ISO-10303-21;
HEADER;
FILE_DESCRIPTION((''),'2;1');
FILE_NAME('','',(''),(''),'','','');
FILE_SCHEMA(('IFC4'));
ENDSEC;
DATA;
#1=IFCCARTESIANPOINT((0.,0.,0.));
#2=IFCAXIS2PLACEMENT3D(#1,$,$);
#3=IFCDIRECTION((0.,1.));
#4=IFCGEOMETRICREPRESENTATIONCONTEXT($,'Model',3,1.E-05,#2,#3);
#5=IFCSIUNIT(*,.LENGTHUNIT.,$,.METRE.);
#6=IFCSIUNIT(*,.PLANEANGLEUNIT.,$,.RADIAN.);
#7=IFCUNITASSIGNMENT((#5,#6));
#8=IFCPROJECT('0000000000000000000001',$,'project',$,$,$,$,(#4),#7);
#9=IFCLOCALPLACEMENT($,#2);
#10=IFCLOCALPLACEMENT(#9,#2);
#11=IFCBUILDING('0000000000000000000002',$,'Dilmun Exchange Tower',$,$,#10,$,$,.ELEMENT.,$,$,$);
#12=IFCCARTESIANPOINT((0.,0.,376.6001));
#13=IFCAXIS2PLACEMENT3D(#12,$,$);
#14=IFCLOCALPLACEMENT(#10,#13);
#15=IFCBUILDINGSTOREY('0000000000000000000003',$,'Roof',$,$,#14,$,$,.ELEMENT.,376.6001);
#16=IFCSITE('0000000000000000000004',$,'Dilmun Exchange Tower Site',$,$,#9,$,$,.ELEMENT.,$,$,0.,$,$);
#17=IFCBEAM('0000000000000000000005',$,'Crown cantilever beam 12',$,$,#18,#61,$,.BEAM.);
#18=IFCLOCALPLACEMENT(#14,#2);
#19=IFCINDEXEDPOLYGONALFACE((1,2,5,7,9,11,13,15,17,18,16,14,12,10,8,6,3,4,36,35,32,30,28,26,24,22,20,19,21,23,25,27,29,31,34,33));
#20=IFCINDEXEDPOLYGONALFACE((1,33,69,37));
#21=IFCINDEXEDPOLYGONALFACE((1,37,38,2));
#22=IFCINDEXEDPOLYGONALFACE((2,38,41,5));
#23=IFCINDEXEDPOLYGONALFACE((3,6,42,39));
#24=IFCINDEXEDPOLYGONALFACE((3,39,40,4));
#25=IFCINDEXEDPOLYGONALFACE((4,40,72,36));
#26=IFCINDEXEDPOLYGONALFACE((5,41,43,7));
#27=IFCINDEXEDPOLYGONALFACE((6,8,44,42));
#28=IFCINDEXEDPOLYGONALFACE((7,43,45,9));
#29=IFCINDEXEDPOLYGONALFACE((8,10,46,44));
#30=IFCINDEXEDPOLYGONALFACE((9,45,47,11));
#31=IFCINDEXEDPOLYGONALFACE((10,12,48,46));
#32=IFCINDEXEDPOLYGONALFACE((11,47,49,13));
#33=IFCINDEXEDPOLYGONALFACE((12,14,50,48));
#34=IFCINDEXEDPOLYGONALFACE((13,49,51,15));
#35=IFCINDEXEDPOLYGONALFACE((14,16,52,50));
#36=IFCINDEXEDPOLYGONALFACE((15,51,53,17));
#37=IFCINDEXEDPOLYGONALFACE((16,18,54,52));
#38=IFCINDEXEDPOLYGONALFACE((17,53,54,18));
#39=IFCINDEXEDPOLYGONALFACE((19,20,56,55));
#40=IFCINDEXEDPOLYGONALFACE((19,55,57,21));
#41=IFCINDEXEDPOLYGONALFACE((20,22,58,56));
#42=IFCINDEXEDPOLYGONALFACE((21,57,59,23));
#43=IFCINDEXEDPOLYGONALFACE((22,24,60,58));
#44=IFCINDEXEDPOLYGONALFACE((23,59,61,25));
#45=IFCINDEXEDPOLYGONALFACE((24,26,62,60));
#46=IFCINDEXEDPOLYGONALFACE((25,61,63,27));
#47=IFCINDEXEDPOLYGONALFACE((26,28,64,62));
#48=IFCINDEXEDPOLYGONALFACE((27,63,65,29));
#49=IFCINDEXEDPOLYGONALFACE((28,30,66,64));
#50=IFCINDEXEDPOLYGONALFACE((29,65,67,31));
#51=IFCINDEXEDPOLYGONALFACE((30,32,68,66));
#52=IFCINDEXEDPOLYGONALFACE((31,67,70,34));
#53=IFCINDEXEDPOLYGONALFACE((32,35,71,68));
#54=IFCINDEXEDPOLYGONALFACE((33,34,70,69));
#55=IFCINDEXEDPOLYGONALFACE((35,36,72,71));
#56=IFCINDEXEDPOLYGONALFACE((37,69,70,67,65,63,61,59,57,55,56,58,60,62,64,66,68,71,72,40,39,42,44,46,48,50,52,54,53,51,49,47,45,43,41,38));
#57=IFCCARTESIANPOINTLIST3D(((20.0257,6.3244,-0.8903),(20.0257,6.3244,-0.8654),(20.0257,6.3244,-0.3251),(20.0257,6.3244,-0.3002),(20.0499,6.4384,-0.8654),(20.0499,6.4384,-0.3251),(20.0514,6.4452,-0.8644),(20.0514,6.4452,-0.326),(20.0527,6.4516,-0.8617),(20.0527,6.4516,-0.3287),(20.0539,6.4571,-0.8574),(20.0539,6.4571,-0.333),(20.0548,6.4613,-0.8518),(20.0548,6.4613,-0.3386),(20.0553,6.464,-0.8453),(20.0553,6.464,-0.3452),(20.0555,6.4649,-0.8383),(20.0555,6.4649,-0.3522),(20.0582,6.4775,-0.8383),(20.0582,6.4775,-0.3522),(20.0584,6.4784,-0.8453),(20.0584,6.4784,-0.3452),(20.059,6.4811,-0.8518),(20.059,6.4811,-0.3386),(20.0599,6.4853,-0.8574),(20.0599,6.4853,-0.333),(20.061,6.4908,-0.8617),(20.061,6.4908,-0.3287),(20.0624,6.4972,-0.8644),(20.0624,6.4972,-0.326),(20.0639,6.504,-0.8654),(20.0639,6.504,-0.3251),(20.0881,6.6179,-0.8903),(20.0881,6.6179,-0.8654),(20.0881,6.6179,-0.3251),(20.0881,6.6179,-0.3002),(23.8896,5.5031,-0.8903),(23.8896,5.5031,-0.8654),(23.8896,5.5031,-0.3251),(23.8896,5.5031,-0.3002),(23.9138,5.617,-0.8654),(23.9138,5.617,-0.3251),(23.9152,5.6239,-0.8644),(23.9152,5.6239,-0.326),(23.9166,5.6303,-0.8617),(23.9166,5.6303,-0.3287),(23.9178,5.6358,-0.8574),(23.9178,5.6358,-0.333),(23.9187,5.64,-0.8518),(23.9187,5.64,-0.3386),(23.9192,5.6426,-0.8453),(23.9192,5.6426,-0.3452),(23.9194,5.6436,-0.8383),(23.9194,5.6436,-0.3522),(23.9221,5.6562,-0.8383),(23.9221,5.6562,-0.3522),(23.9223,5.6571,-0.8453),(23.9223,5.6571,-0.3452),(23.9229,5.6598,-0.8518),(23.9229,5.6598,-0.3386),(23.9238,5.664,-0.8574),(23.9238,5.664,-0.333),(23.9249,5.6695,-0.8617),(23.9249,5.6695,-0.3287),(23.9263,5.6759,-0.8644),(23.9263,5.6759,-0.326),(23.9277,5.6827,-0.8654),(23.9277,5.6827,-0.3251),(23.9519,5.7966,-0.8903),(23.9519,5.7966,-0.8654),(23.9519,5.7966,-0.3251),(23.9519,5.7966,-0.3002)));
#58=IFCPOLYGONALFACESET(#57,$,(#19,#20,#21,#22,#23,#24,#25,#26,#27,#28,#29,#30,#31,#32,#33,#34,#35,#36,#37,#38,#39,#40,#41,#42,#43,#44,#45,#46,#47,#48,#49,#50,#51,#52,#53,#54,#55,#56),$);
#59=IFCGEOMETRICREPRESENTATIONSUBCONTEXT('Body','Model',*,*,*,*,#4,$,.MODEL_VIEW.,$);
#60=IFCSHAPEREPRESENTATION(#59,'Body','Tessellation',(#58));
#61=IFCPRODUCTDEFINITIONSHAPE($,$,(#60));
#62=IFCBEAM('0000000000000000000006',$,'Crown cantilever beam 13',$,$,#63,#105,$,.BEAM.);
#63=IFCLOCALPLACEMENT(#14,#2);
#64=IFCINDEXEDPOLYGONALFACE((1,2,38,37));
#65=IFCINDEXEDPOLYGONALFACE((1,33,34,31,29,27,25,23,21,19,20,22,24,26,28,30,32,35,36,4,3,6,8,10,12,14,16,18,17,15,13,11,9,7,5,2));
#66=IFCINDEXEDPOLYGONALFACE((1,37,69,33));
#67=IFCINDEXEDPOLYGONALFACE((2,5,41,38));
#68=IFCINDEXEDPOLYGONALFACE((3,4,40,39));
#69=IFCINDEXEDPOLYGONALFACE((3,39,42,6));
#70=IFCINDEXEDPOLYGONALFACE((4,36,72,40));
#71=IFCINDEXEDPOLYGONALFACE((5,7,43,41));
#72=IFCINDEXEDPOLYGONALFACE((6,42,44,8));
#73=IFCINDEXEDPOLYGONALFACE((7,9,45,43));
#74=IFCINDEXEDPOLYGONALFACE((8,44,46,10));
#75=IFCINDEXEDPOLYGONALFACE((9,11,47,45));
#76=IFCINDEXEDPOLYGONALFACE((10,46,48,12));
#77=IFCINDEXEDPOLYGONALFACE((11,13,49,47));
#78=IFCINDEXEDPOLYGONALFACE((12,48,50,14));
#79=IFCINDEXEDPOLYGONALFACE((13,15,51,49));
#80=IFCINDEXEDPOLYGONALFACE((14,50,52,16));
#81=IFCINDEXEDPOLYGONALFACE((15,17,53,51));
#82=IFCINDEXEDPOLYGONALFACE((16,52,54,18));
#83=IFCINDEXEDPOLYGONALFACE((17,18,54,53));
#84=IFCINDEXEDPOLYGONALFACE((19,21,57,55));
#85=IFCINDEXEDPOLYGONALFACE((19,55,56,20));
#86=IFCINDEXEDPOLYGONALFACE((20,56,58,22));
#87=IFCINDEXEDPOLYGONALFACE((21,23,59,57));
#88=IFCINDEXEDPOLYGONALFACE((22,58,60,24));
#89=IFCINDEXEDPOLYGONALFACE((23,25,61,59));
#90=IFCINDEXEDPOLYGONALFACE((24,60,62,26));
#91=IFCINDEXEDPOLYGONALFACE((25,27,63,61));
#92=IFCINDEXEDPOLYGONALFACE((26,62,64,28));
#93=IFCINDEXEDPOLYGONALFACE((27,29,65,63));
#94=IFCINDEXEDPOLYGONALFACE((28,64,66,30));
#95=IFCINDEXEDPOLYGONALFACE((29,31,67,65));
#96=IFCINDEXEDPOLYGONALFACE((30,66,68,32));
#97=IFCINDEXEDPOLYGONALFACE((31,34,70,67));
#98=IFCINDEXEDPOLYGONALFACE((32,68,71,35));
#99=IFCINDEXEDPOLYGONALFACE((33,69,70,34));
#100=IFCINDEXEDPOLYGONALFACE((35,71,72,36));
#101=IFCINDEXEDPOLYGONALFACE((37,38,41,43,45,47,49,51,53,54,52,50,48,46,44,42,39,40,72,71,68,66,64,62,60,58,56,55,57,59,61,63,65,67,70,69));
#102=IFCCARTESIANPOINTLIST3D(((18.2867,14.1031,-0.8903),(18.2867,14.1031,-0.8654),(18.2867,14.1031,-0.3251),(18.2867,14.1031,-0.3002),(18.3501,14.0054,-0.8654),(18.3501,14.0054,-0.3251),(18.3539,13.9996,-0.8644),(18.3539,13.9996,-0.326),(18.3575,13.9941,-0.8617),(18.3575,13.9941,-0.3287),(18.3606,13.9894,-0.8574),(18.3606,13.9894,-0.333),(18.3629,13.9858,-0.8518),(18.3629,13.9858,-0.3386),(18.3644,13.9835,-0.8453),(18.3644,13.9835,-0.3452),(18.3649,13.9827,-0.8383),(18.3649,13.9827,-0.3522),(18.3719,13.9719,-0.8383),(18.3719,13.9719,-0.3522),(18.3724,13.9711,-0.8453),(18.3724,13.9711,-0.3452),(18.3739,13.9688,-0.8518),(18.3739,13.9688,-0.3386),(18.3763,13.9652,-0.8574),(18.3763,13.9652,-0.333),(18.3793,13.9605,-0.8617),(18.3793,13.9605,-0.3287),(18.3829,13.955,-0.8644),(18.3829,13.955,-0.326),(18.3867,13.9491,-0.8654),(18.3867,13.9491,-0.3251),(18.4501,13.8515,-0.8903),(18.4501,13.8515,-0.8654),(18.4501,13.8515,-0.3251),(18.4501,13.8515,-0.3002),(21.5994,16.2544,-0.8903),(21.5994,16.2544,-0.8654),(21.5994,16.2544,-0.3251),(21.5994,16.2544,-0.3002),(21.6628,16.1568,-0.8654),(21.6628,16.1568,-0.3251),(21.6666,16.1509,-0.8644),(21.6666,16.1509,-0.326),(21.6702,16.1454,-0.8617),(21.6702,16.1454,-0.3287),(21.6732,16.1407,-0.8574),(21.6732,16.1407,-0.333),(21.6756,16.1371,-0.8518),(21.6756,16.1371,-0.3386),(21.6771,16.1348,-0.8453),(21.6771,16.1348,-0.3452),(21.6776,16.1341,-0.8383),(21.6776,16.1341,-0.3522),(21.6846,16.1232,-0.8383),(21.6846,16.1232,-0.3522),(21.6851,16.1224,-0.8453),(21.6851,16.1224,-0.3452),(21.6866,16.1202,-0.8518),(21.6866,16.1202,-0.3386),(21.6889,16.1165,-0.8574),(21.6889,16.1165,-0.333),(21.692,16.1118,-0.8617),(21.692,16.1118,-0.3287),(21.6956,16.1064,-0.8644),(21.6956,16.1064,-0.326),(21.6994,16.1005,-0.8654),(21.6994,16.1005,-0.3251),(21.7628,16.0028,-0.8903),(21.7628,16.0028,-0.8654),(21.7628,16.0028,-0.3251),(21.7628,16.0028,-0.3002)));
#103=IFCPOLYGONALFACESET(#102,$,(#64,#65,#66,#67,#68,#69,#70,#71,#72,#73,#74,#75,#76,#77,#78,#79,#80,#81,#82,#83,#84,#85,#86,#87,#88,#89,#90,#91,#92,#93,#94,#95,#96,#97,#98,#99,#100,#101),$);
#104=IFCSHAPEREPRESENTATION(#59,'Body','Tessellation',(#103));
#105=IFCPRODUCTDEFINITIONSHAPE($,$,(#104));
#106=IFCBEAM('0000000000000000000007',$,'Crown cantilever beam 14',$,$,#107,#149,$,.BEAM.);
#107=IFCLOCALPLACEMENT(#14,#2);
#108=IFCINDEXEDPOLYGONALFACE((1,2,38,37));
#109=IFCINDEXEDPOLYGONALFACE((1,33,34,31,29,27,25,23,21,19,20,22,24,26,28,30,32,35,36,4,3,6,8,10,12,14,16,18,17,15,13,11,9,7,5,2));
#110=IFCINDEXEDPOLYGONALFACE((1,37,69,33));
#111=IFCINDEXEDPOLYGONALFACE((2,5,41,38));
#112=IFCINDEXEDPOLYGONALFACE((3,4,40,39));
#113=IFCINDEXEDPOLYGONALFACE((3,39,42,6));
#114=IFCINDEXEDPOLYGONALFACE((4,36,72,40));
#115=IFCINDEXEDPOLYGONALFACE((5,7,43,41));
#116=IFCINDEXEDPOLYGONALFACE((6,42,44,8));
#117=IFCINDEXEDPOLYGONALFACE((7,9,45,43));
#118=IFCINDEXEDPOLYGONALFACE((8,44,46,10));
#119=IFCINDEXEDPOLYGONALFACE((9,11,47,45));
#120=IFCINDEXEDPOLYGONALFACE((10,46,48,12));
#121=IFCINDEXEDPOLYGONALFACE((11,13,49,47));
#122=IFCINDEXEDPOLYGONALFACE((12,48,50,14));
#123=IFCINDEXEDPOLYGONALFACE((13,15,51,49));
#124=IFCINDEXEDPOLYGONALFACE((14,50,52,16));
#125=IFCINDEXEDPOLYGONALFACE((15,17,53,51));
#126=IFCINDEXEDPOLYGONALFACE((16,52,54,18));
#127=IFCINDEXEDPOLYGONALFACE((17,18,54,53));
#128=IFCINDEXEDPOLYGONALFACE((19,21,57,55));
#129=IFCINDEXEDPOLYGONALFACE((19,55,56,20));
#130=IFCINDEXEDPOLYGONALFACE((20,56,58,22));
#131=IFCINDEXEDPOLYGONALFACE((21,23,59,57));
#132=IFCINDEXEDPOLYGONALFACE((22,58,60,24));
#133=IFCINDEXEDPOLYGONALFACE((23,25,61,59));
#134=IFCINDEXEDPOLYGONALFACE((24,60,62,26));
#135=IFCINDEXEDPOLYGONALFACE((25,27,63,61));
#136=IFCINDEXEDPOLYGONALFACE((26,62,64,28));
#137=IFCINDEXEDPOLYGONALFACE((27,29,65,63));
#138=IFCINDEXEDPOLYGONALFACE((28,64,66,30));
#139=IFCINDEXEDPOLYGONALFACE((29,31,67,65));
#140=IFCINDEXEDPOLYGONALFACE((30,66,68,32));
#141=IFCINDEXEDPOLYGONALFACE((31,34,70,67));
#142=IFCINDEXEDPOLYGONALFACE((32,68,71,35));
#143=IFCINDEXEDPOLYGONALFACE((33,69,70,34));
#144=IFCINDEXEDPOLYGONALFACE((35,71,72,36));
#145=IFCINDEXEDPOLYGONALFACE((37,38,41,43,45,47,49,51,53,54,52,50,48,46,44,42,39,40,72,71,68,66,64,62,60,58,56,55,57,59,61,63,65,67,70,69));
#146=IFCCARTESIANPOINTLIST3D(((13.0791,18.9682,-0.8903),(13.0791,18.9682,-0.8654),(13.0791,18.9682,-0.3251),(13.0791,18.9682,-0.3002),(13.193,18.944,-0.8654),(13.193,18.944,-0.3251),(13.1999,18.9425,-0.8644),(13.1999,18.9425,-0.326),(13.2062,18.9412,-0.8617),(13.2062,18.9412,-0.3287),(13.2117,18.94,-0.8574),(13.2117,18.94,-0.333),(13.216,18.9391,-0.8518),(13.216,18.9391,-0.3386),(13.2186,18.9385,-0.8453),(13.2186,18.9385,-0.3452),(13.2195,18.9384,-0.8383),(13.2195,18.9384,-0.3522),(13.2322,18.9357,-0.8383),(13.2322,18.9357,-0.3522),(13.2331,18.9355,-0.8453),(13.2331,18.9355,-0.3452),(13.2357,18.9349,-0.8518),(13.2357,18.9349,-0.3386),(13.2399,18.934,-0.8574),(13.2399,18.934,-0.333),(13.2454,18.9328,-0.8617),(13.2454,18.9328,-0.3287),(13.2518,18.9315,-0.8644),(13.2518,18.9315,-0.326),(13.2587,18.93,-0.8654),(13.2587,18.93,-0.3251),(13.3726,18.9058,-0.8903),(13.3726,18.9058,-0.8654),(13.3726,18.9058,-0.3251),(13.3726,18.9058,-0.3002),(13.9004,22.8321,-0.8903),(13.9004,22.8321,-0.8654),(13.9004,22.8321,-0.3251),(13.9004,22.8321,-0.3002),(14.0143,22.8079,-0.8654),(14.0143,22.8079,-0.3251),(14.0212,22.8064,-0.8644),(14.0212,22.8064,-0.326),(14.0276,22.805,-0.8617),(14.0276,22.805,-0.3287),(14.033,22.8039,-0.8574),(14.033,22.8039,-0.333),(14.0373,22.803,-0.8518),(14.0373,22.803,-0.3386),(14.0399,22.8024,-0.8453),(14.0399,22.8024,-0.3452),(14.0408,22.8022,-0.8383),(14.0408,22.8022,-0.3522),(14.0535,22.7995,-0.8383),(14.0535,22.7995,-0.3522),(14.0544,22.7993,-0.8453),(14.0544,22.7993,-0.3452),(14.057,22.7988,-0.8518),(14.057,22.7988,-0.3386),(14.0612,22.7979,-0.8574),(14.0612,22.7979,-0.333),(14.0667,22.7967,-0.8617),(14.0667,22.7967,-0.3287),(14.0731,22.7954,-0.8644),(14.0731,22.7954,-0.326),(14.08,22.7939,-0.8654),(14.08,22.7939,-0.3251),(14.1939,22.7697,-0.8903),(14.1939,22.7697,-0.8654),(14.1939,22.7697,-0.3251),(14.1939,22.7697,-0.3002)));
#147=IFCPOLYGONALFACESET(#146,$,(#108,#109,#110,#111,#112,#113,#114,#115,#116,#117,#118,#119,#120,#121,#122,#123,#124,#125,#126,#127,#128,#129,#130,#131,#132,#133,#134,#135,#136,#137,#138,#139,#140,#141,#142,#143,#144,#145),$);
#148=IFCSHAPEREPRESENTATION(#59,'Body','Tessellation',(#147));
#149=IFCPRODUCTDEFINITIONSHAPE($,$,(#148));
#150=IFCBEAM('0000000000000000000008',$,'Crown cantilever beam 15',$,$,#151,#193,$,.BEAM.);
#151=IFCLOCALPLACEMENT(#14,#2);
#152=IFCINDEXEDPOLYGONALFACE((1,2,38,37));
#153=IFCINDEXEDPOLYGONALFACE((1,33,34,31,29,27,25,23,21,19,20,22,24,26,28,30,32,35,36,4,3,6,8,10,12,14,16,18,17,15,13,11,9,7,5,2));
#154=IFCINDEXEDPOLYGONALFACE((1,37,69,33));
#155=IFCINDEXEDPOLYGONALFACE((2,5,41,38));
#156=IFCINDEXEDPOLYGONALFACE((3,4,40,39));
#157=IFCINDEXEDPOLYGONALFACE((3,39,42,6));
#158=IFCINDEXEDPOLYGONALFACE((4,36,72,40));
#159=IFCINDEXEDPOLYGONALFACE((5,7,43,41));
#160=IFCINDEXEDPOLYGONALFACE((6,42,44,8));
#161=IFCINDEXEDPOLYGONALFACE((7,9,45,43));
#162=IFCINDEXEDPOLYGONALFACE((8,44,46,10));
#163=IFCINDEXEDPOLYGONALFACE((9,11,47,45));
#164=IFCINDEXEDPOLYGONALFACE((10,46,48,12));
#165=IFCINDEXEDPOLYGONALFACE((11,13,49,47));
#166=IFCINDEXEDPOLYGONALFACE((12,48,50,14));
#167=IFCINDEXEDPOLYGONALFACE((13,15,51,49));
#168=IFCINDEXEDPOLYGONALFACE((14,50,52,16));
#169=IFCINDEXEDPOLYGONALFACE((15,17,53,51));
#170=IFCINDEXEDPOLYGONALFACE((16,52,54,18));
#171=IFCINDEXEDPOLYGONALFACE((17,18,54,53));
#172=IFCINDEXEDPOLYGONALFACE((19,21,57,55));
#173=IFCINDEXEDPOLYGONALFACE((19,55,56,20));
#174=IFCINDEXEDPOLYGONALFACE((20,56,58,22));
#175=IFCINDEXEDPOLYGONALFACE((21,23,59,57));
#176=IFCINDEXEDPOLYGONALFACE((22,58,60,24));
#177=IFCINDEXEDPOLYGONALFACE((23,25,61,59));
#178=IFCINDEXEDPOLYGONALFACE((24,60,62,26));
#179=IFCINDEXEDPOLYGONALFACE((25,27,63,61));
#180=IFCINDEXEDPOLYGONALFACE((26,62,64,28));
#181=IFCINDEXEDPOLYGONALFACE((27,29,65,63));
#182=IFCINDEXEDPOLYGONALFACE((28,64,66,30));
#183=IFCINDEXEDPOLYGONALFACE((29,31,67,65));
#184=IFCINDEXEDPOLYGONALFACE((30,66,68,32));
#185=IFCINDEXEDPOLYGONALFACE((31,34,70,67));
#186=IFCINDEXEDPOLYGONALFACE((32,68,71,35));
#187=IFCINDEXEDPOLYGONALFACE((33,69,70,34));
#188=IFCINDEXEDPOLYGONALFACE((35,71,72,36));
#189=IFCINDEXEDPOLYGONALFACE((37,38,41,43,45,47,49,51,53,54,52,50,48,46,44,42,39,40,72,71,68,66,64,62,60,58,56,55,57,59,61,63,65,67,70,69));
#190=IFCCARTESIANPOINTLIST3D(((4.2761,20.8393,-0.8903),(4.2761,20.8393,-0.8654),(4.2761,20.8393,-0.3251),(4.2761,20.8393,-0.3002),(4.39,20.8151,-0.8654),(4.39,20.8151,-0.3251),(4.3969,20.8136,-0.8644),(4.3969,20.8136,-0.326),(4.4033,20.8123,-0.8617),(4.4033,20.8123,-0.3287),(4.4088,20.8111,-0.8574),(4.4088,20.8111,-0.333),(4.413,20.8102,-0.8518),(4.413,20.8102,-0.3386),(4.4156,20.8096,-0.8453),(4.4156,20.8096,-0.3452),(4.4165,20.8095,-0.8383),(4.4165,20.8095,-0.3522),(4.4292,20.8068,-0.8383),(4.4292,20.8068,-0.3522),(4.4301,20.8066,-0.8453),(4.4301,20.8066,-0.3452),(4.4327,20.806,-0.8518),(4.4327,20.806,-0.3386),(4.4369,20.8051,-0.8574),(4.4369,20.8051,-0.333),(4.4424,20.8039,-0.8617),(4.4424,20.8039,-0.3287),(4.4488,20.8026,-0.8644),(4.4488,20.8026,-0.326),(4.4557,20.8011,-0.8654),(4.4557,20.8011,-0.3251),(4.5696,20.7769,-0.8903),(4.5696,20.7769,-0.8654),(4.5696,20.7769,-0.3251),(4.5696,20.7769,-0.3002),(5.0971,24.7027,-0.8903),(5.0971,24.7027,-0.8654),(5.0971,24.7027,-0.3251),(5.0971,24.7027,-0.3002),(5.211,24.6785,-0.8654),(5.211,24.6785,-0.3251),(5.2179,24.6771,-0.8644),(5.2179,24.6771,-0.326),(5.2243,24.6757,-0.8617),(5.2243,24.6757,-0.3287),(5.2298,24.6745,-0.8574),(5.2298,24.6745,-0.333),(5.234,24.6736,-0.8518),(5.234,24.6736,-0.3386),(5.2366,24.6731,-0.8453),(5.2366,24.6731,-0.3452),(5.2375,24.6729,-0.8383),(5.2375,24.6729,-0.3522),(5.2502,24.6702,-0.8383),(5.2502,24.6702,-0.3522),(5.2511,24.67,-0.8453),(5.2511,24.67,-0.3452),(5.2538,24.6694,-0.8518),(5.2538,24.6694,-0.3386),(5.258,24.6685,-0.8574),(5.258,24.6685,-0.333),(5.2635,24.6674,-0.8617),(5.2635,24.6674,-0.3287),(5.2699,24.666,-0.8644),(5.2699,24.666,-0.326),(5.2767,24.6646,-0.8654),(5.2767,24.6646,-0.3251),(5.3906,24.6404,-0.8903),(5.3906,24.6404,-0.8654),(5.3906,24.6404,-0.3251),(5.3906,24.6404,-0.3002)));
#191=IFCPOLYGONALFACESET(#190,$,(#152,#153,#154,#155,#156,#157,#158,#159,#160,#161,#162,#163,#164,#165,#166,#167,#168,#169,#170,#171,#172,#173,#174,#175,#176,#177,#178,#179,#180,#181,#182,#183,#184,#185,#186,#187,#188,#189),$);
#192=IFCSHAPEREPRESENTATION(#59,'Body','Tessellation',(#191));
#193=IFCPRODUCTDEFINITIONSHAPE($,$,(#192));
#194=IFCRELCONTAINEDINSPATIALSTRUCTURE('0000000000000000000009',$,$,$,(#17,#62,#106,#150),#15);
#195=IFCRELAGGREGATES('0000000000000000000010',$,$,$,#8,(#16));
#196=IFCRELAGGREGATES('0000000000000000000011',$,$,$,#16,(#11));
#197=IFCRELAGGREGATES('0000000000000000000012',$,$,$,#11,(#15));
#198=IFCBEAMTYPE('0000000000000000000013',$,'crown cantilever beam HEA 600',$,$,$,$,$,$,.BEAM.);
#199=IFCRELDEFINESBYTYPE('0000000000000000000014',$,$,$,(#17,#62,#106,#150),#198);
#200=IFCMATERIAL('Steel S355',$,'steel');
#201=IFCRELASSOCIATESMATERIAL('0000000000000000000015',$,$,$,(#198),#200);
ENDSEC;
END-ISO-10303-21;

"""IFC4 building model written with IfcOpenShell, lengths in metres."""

from ifc_helpers import new_model, si_unit, direction, frame, origin, origin_2d, place, context, subcontext, project, spatial, i_section, extrude, material, material_profile, profile_set, type_object, element, save


model = new_model("IFC4")

# Units and contexts
model_context = context("Model", 3, precision=1e-05, world=origin(), true_north=direction((0.0, 1.0)))
body_context = subcontext(model_context, "Body", "Model", "MODEL_VIEW")
ifc_project = project(units=[si_unit("LENGTHUNIT", "METRE"), si_unit("PLANEANGLEUNIT", "RADIAN")], contexts=[model_context])

# Site, building, storey
site_placement = place(None, origin())
site = spatial("IfcSite", under=ifc_project, at=site_placement, Name="Dilmun Exchange Tower Site", CompositionType="ELEMENT", RefElevation=0.0)
building_placement = place(site_placement, origin())
building = spatial("IfcBuilding", under=site, at=building_placement, Name="Dilmun Exchange Tower", CompositionType="ELEMENT")
storey_placement = place(building_placement, frame((0.0, 0.0, 376.6001)))
storey = spatial("IfcBuildingStorey", under=building, at=storey_placement, Name="Roof", CompositionType="ELEMENT", Elevation=376.6001)

# Beams
ifc_material_1 = material(Name="Steel S355", Category="steel")
ifc_material_profile_1 = material_profile(ifc_material_1, i_section(OverallWidth=0.3, OverallDepth=0.5901, WebThickness=0.0129, FlangeThickness=0.0249, FilletRadius=0.0271, at=origin_2d()), Name="HEA 600")
ifc_profile_set_1 = profile_set([ifc_material_profile_1], Name="Steel S355")
beam_type_1 = type_object("IfcBeamType", Name="crown cantilever beam HEA 600", PredefinedType="BEAM", material=ifc_profile_set_1)
for number, where, z_axis, x_axis, name in (
    (1, (20.0569, 6.4712, -0.5952), (0.978147, -0.207916, 0.0), (0.207916, 0.978147, 0.0), "Crown cantilever beam 12"),
):
    element("IfcBeam", number, at=place(storey_placement, frame(where, z_axis=z_axis, x_axis=x_axis)), inside=storey, type_object=beam_type_1, Name=name, PredefinedType="BEAM", context=body_context, shape_type="SweptSolid", body=[
        extrude(i_section(OverallWidth=0.3, OverallDepth=0.5901, WebThickness=0.0129, FlangeThickness=0.0249, FilletRadius=0.0271, at=origin_2d()), origin(), (0.0, 0.0, 1.0), 3.9502),
    ])
beam_1_placement = place(storey_placement, frame((18.3684, 13.9773, -0.5952), z_axis=(0.838665, 0.544647, 0.0), x_axis=(-0.544647, 0.838665, 0.0)))
element("IfcBeam", 2, at=beam_1_placement, inside=storey, type_object=beam_type_1, Name="Crown cantilever beam 13", PredefinedType="BEAM", context=body_context, shape_type="SweptSolid", body=[
    extrude(i_section(OverallWidth=0.3, OverallDepth=0.5901, WebThickness=0.0129, FlangeThickness=0.0249, FilletRadius=0.0271, at=origin_2d()), origin(), (0.0, 0.0, 1.0), 3.95),
])
beam_2_placement = place(storey_placement, frame((13.2258, 18.937, -0.5952), z_axis=(0.207916, 0.978147, 0.0), x_axis=(-0.978147, 0.207916, 0.0)))
element("IfcBeam", 3, at=beam_2_placement, inside=storey, type_object=beam_type_1, Name="Crown cantilever beam 14", PredefinedType="BEAM", context=body_context, shape_type="SweptSolid", body=[
    extrude(i_section(OverallWidth=0.3, OverallDepth=0.5901, WebThickness=0.0129, FlangeThickness=0.0249, FilletRadius=0.0271, at=origin_2d()), origin(), (0.0, 0.0, 1.0), 3.9502),
])
beam_3_placement = place(storey_placement, frame((4.4229, 20.8081, -0.5952), z_axis=(0.20787, 0.978156, 0.0), x_axis=(-0.978156, 0.20787, 0.0)))
element("IfcBeam", 4, at=beam_3_placement, inside=storey, type_object=beam_type_1, Name="Crown cantilever beam 15", PredefinedType="BEAM", context=body_context, shape_type="SweptSolid", body=[
    extrude(i_section(OverallWidth=0.3, OverallDepth=0.5901, WebThickness=0.0129, FlangeThickness=0.0249, FilletRadius=0.0271, at=origin_2d()), origin(), (0.0, 0.0, 1.0), 3.9497),
])

save(model, "model.ifc")
